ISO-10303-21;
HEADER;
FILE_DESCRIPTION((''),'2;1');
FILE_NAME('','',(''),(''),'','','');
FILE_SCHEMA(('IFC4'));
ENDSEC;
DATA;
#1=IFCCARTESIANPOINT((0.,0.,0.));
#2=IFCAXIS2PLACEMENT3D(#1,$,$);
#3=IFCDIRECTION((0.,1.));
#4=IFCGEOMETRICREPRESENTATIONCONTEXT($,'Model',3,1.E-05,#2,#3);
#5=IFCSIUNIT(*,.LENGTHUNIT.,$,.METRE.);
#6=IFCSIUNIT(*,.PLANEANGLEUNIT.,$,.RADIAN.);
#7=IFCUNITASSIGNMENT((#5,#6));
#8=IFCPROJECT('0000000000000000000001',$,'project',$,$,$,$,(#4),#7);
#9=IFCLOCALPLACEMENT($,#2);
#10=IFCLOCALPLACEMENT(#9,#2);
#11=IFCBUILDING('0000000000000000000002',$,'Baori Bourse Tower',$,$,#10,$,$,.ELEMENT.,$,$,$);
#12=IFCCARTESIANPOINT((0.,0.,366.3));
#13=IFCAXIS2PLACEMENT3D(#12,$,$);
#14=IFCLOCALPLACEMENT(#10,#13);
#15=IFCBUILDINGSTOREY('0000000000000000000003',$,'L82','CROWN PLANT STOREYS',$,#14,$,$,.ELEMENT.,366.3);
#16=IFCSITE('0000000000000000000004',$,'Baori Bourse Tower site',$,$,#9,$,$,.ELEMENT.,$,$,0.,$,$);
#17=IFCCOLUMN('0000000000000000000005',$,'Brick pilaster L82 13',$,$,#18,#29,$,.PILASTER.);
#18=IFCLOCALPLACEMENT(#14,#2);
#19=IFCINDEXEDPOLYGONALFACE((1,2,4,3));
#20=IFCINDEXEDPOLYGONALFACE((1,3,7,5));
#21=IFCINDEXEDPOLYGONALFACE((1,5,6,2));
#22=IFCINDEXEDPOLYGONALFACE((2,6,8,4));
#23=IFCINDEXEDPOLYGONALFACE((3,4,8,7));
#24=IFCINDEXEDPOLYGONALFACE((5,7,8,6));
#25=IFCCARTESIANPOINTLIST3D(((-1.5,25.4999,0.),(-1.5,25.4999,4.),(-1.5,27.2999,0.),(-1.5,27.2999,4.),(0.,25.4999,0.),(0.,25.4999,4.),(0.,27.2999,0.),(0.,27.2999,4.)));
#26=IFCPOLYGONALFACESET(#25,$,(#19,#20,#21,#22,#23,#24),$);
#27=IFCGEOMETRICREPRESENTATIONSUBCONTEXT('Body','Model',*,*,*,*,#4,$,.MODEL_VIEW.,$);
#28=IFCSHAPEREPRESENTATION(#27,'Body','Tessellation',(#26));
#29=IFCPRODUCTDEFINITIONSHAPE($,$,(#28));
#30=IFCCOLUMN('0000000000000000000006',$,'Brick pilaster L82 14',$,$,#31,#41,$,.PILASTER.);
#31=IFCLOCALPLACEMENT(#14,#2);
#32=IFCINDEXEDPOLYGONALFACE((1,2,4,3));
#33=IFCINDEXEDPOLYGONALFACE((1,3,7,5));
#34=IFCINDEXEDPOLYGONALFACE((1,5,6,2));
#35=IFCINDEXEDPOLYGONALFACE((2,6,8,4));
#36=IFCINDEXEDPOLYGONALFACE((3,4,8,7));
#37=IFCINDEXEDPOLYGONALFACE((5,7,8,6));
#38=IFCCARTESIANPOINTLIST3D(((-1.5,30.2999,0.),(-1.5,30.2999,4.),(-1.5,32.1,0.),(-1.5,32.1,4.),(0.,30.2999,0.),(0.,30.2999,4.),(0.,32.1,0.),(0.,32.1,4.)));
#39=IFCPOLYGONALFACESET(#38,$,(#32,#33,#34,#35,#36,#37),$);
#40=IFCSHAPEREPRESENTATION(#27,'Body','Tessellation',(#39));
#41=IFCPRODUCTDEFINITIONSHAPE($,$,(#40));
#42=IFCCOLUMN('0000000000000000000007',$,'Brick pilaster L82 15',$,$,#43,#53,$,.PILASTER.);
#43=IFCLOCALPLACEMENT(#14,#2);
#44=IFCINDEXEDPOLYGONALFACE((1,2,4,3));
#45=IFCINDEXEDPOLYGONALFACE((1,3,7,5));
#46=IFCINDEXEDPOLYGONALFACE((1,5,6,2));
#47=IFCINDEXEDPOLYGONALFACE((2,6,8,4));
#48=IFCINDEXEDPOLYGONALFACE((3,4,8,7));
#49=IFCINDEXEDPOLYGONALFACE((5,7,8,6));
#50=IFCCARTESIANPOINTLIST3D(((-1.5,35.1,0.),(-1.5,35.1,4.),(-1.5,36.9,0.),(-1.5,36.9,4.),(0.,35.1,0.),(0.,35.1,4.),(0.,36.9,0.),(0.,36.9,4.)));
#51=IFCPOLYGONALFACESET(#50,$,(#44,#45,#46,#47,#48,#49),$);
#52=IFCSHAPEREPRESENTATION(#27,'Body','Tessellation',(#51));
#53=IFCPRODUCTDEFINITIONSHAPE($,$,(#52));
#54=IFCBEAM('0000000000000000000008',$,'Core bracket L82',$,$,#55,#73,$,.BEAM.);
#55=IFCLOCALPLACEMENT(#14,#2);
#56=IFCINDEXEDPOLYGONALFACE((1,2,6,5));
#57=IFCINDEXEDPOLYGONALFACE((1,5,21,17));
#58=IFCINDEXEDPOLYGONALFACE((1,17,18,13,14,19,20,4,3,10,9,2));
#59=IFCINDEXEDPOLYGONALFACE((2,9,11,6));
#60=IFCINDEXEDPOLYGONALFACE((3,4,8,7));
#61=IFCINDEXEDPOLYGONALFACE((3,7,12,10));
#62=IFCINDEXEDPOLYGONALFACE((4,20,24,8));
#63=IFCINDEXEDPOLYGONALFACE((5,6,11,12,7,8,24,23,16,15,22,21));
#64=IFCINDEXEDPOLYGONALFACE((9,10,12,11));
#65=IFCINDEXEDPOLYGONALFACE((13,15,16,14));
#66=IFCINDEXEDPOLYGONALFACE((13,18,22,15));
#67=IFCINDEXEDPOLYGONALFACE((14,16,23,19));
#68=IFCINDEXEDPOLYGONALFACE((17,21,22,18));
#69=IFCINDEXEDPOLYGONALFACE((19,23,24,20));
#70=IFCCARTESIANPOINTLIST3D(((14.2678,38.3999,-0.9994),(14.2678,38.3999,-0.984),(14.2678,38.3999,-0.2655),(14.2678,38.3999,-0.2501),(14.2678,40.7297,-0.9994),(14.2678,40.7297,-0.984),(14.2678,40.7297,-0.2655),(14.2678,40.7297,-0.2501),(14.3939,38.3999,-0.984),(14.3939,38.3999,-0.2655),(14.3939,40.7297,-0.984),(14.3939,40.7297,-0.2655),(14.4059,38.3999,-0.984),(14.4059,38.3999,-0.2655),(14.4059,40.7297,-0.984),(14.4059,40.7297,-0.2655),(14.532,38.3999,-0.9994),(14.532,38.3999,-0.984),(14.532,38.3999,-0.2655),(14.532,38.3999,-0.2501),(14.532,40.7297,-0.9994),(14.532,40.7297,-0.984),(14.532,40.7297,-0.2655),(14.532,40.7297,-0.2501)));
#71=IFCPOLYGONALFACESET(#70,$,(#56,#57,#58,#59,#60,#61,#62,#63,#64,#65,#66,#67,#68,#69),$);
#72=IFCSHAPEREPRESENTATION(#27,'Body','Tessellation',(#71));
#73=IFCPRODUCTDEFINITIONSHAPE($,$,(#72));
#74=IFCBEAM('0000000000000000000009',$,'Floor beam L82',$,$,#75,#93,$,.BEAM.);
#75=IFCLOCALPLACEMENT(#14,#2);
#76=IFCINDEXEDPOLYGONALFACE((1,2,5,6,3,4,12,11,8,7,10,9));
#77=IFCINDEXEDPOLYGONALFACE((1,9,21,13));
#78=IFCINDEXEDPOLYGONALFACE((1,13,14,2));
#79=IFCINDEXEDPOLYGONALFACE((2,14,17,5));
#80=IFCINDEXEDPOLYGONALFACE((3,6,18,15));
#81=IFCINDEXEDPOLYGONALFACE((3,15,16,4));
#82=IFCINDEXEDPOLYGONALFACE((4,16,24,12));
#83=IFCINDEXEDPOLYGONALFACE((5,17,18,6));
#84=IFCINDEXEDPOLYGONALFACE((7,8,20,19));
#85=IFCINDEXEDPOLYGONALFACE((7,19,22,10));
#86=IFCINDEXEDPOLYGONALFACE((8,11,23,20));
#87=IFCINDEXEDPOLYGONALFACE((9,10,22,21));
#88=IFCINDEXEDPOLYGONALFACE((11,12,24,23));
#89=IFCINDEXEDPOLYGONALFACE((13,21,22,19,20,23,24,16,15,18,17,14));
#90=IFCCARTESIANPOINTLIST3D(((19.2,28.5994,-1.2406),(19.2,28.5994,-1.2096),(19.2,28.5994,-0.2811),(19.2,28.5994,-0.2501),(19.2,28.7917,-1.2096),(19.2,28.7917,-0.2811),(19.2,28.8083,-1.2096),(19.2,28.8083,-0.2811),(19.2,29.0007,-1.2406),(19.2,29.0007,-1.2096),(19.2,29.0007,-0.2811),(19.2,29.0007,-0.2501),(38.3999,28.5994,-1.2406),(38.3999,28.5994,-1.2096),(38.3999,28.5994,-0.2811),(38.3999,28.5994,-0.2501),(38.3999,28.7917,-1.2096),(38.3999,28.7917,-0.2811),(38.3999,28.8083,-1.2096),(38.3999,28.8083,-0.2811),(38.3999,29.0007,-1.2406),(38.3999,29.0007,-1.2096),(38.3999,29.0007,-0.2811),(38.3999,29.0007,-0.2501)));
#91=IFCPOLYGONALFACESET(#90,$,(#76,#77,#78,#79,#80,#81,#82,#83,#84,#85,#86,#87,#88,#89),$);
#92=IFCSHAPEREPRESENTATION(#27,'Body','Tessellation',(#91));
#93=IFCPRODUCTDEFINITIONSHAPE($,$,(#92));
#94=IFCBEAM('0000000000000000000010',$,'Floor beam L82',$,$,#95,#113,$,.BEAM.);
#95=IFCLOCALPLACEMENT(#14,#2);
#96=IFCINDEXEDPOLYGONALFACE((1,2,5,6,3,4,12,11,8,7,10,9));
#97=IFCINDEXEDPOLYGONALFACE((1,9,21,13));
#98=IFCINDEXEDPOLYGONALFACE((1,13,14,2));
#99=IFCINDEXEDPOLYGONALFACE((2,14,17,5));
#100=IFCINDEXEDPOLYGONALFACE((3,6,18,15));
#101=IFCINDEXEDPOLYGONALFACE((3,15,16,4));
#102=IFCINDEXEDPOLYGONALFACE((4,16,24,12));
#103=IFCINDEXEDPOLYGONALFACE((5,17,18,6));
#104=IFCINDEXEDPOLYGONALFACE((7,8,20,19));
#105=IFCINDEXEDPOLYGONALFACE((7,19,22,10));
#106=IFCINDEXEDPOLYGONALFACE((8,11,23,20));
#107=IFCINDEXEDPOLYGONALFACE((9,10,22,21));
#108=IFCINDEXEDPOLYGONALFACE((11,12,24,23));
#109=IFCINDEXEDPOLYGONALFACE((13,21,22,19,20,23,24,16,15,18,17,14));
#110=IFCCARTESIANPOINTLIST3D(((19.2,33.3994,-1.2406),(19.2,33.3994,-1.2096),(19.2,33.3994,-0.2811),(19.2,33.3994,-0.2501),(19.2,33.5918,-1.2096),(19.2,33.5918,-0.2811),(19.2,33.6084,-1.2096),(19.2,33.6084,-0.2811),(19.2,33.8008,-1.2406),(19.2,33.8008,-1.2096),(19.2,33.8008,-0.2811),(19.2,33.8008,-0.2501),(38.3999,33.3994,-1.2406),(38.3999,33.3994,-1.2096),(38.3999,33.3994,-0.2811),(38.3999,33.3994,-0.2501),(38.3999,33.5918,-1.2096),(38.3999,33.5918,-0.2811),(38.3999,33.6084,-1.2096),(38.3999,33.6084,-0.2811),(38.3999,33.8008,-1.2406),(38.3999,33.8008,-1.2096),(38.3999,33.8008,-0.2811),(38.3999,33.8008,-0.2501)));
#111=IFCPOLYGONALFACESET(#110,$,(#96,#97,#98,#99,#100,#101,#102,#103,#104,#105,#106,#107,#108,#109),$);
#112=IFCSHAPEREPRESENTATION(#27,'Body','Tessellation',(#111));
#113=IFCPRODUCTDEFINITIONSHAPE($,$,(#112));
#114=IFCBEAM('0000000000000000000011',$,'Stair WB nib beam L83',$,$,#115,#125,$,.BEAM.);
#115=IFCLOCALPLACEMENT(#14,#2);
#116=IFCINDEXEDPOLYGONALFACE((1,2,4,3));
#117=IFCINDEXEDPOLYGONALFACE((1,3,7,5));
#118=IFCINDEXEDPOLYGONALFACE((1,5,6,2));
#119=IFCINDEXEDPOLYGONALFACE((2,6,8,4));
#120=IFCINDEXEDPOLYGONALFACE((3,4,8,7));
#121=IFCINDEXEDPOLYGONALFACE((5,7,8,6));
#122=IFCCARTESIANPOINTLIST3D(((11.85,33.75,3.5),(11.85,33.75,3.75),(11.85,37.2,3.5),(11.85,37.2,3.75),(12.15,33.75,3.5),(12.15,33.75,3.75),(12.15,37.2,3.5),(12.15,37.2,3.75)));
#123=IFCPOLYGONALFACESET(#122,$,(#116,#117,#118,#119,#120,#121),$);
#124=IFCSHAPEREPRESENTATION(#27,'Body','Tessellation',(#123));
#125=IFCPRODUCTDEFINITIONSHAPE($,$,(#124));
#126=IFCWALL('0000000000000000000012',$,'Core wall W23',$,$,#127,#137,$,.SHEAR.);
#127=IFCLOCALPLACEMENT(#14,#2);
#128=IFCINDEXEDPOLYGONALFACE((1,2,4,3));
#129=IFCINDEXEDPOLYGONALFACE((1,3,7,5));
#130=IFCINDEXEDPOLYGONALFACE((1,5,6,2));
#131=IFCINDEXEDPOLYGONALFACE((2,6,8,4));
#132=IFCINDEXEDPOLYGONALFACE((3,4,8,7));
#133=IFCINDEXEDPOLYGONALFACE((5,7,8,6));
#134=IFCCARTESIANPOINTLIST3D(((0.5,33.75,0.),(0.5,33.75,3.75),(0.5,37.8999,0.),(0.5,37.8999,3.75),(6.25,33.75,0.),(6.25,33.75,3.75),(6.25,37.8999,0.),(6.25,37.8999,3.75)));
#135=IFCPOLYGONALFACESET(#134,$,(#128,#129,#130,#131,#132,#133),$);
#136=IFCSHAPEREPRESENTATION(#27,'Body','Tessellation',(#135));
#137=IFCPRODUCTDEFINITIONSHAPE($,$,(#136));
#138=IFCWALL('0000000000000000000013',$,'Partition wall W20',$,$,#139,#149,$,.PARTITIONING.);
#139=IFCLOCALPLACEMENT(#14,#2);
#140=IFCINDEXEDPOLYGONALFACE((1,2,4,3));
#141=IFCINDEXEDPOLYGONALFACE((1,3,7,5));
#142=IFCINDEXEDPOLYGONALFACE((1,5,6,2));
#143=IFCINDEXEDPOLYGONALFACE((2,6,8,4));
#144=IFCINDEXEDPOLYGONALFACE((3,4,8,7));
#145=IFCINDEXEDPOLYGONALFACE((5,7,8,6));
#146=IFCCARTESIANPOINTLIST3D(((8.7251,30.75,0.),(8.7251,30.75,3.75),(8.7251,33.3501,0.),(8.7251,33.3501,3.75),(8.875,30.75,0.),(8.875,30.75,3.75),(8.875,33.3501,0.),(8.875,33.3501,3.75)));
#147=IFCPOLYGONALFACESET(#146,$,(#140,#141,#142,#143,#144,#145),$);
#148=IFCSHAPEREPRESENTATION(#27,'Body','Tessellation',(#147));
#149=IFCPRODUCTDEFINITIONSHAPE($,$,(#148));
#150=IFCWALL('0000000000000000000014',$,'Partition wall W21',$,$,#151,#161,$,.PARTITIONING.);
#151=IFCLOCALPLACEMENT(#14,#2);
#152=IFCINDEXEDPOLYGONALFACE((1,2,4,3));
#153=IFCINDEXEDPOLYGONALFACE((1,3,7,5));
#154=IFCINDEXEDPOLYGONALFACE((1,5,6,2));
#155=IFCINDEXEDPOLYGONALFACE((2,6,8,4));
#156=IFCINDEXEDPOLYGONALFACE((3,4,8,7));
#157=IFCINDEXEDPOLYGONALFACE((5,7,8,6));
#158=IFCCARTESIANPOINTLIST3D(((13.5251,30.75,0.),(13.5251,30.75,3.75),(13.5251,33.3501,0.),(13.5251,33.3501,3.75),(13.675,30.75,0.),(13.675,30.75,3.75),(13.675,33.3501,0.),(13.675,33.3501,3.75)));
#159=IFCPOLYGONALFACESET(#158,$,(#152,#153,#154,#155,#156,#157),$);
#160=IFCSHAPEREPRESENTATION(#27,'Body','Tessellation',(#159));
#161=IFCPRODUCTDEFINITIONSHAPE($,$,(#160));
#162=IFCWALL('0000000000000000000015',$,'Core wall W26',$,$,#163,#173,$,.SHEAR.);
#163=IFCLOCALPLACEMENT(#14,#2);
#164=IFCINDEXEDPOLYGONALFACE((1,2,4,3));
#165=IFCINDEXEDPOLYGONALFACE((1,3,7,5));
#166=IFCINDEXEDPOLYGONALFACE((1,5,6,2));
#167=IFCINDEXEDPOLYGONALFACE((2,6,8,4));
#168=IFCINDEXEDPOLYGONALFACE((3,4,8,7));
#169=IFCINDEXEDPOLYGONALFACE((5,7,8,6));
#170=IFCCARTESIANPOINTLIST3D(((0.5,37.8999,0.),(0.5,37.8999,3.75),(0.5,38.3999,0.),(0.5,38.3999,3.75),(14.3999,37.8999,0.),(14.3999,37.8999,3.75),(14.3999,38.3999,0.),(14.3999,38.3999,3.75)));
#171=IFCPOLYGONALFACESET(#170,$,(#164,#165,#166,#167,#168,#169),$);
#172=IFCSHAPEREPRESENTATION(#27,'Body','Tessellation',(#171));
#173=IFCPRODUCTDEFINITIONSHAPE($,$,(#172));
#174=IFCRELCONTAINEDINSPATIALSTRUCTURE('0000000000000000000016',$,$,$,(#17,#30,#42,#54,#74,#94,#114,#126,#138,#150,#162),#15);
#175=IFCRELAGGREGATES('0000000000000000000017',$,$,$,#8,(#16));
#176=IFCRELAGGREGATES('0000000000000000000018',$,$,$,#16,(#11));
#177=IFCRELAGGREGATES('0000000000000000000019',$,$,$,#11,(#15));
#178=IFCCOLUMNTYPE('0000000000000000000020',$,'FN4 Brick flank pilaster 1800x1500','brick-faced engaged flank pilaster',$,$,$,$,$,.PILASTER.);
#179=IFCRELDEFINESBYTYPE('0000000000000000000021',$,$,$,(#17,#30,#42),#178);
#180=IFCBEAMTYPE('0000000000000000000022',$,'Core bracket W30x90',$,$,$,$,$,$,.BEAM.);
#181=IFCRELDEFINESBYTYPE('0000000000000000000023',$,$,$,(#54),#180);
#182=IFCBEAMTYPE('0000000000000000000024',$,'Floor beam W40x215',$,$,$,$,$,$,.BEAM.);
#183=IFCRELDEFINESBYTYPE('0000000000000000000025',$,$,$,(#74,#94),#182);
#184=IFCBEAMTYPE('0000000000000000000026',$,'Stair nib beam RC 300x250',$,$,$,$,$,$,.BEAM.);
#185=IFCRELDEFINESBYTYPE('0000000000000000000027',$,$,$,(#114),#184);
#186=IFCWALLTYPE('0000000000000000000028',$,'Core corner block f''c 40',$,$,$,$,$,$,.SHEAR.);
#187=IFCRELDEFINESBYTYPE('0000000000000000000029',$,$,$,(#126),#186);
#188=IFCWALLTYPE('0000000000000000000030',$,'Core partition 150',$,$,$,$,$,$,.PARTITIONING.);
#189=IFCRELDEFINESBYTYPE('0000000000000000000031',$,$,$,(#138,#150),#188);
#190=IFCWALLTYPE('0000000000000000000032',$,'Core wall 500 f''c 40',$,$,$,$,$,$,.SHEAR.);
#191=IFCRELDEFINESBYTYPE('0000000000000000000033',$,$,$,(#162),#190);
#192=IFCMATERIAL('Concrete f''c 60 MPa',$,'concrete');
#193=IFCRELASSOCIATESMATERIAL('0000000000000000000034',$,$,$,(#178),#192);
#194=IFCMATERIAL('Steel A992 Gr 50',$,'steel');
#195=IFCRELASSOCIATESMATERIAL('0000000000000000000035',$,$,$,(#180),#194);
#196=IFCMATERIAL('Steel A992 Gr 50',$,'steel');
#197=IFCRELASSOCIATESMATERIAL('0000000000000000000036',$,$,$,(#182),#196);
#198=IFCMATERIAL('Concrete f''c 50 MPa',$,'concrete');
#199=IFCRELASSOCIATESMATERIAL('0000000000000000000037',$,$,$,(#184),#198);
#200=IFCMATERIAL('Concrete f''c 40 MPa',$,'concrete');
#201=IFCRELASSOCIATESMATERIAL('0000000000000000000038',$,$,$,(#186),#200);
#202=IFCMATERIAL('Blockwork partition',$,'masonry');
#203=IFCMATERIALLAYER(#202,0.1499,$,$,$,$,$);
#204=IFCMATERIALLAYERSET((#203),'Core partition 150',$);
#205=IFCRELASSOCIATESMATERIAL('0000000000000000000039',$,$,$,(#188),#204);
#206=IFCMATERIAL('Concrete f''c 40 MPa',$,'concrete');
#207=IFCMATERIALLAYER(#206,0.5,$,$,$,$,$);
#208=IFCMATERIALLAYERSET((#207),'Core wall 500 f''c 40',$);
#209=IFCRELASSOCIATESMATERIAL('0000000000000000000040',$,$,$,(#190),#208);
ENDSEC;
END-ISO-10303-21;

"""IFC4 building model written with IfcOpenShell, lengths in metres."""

from ifc_helpers import new_model, si_unit, direction, frame, frame_2d, origin, origin_2d, place, context, subcontext, project, spatial, rectangle, i_section, extrude, material, layer, layer_set, material_profile, profile_set, type_object, element, save


model = new_model("IFC4")

# Units and contexts
model_context = context("Model", 3, precision=1e-05, world=origin(), true_north=direction((0.0, 1.0)))
body_context = subcontext(model_context, "Body", "Model", "MODEL_VIEW")
ifc_project = project(units=[si_unit("LENGTHUNIT", "METRE"), si_unit("PLANEANGLEUNIT", "RADIAN")], contexts=[model_context])

# Site, building, storey
site_placement = place(None, origin())
site = spatial("IfcSite", under=ifc_project, at=site_placement, Name="Baori Bourse Tower site", CompositionType="ELEMENT", RefElevation=0.0)
building_placement = place(site_placement, origin())
building = spatial("IfcBuilding", under=site, at=building_placement, Name="Baori Bourse Tower", CompositionType="ELEMENT")
storey_placement = place(building_placement, frame((0.0, 0.0, 366.3)))
storey = spatial("IfcBuildingStorey", under=building, at=storey_placement, Name="L82", Description="CROWN PLANT STOREYS", CompositionType="ELEMENT", Elevation=366.3)

# Columns
ifc_material_1 = material(Name="Concrete f'c 60 MPa", Category="concrete")
ifc_material_profile_1 = material_profile(ifc_material_1, rectangle(XDim=1.8, YDim=1.5, at=origin_2d()), Name="RC 1800x1500")
ifc_profile_set_1 = profile_set([ifc_material_profile_1], Name="Concrete f'c 60 MPa")
column_type = type_object("IfcColumnType", Name="FN4 Brick flank pilaster 1800x1500", Description="brick-faced engaged flank pilaster", PredefinedType="PILASTER", material=ifc_profile_set_1)
for number, where, z_axis, x_axis, name in (
    (1, (-0.75, 26.3999, 0.0), (0.0, 0.0, 1.0), (0.0, 1.0, 0.0), "Brick pilaster L82 13"),
    (2, (-0.75, 31.2, 0.0), (0.0, 0.0, 1.0), (0.0, 1.0, 0.0), "Brick pilaster L82 14"),
    (3, (-0.75, 36.0, 0.0), (0.0, 0.0, 1.0), (0.0, 1.0, 0.0), "Brick pilaster L82 15"),
):
    element("IfcColumn", number, at=place(storey_placement, frame(where, z_axis=z_axis, x_axis=x_axis)), inside=storey, type_object=column_type, Name=name, PredefinedType="PILASTER", context=body_context, shape_type="SweptSolid", body=[
        extrude(rectangle(XDim=1.8, YDim=1.5, at=origin_2d()), origin(), (0.0, 0.0, 1.0), 4.0),
    ])

# Beams
ifc_material_2 = material(Name="Steel A992 Gr 50", Category="steel")
ifc_material_profile_2 = material_profile(ifc_material_2, i_section(OverallWidth=0.2642, OverallDepth=0.7493, WebThickness=0.012, FlangeThickness=0.0154, at=origin_2d()), Name="W30x90")
ifc_profile_set_2 = profile_set([ifc_material_profile_2], Name="Steel A992 Gr 50")
beam_type_1 = type_object("IfcBeamType", Name="Core bracket W30x90", PredefinedType="BEAM", material=ifc_profile_set_2)
beam_1_placement = place(storey_placement, frame((14.3999, 38.3999, -0.6248), z_axis=(0.0, 1.0, 0.0), x_axis=(-1.0, 0.0, 0.0)))
element("IfcBeam", 4, at=beam_1_placement, inside=storey, type_object=beam_type_1, Name="Core bracket L82", PredefinedType="BEAM", context=body_context, shape_type="SweptSolid", body=[
    extrude(i_section(OverallWidth=0.2642, OverallDepth=0.7493, WebThickness=0.012, FlangeThickness=0.0154, at=origin_2d()), origin(), (0.0, 0.0, 1.0), 2.3298),
])
ifc_material_3 = material(Name="Steel A992 Gr 50", Category="steel")
ifc_material_profile_3 = material_profile(ifc_material_3, i_section(OverallWidth=0.4014, OverallDepth=0.9905, WebThickness=0.0166, FlangeThickness=0.031, at=origin_2d()), Name="W40x215")
ifc_profile_set_3 = profile_set([ifc_material_profile_3], Name="Steel A992 Gr 50")
beam_type_2 = type_object("IfcBeamType", Name="Floor beam W40x215", PredefinedType="BEAM", material=ifc_profile_set_3)
for number, where, z_axis, x_axis, name in (
    (5, (19.2, 28.8, -0.7454), (1.0, 0.0, 0.0), (0.0, 1.0, 0.0), "Floor beam L82"),
    (6, (19.2, 33.6001, -0.7454), (1.0, 0.0, 0.0), (0.0, 1.0, 0.0), "Floor beam L82"),
):
    element("IfcBeam", number, at=place(storey_placement, frame(where, z_axis=z_axis, x_axis=x_axis)), inside=storey, type_object=beam_type_2, Name=name, PredefinedType="BEAM", context=body_context, shape_type="SweptSolid", body=[
        extrude(i_section(OverallWidth=0.4014, OverallDepth=0.9905, WebThickness=0.0166, FlangeThickness=0.031, at=origin_2d()), origin(), (0.0, 0.0, 1.0), 19.2),
    ])
ifc_material_4 = material(Name="Concrete f'c 50 MPa", Category="concrete")
ifc_material_profile_4 = material_profile(ifc_material_4, rectangle(XDim=0.3, YDim=0.25, at=origin_2d()), Name="RC 300x250")
ifc_profile_set_4 = profile_set([ifc_material_profile_4], Name="Concrete f'c 50 MPa")
beam_type_3 = type_object("IfcBeamType", Name="Stair nib beam RC 300x250", PredefinedType="BEAM", material=ifc_profile_set_4)
beam_2_placement = place(storey_placement, frame((12.0, 33.75, 3.625), z_axis=(0.0, 1.0, 0.0), x_axis=(-1.0, 0.0, 0.0)))
element("IfcBeam", 7, at=beam_2_placement, inside=storey, type_object=beam_type_3, Name="Stair WB nib beam L83", PredefinedType="BEAM", context=body_context, shape_type="SweptSolid", body=[
    extrude(rectangle(XDim=0.3, YDim=0.25, at=origin_2d()), origin(), (0.0, 0.0, 1.0), 3.45),
])

# Walls
ifc_material_5 = material(Name="Concrete f'c 40 MPa", Category="concrete")
wall_type_1 = type_object("IfcWallType", Name="Core corner block f'c 40", PredefinedType="SHEAR", material=ifc_material_5)
wall_1_placement = place(storey_placement, frame((0.5, 35.825, 0.0), z_axis=(0.0, 0.0, 1.0), x_axis=(1.0, 0.0, 0.0)))
element("IfcWall", 8, at=wall_1_placement, inside=storey, type_object=wall_type_1, Name="Core wall W23", PredefinedType="SHEAR", context=body_context, shape_type="SweptSolid", body=[
    extrude(rectangle(XDim=5.75, YDim=4.1499, at=frame_2d((2.875, 0.0))), origin(), (0.0, 0.0, 1.0), 3.75),
])
ifc_material_6 = material(Name="Blockwork partition", Category="masonry")
ifc_layer_1 = layer(ifc_material_6, 0.1499)
ifc_layer_set_1 = layer_set([ifc_layer_1], Name="Core partition 150")
wall_type_2 = type_object("IfcWallType", Name="Core partition 150", PredefinedType="PARTITIONING", material=ifc_layer_set_1)
for number, where, z_axis, x_axis, name in (
    (9, (8.8, 30.75, 0.0), (0.0, 0.0, 1.0), (0.0, 1.0, 0.0), "Partition wall W20"),
    (10, (13.6001, 30.75, 0.0), (0.0, 0.0, 1.0), (0.0, 1.0, 0.0), "Partition wall W21"),
):
    element("IfcWall", number, at=place(storey_placement, frame(where, z_axis=z_axis, x_axis=x_axis)), inside=storey, type_object=wall_type_2, Name=name, PredefinedType="PARTITIONING", context=body_context, shape_type="SweptSolid", body=[
        extrude(rectangle(XDim=2.6001, YDim=0.1499, at=frame_2d((1.3, 0.0))), origin(), (0.0, 0.0, 1.0), 3.75),
    ])
ifc_material_7 = material(Name="Concrete f'c 40 MPa", Category="concrete")
ifc_layer_2 = layer(ifc_material_7, 0.5)
ifc_layer_set_2 = layer_set([ifc_layer_2], Name="Core wall 500 f'c 40")
wall_type_3 = type_object("IfcWallType", Name="Core wall 500 f'c 40", PredefinedType="SHEAR", material=ifc_layer_set_2)
wall_2_placement = place(storey_placement, frame((0.5, 38.1499, 0.0), z_axis=(0.0, 0.0, 1.0), x_axis=(1.0, 0.0, 0.0)))
element("IfcWall", 11, at=wall_2_placement, inside=storey, type_object=wall_type_3, Name="Core wall W26", PredefinedType="SHEAR", context=body_context, shape_type="SweptSolid", body=[
    extrude(rectangle(XDim=13.8999, YDim=0.5, at=frame_2d((6.95, 0.0))), origin(), (0.0, 0.0, 1.0), 3.75),
])

save(model, "model.ifc")
